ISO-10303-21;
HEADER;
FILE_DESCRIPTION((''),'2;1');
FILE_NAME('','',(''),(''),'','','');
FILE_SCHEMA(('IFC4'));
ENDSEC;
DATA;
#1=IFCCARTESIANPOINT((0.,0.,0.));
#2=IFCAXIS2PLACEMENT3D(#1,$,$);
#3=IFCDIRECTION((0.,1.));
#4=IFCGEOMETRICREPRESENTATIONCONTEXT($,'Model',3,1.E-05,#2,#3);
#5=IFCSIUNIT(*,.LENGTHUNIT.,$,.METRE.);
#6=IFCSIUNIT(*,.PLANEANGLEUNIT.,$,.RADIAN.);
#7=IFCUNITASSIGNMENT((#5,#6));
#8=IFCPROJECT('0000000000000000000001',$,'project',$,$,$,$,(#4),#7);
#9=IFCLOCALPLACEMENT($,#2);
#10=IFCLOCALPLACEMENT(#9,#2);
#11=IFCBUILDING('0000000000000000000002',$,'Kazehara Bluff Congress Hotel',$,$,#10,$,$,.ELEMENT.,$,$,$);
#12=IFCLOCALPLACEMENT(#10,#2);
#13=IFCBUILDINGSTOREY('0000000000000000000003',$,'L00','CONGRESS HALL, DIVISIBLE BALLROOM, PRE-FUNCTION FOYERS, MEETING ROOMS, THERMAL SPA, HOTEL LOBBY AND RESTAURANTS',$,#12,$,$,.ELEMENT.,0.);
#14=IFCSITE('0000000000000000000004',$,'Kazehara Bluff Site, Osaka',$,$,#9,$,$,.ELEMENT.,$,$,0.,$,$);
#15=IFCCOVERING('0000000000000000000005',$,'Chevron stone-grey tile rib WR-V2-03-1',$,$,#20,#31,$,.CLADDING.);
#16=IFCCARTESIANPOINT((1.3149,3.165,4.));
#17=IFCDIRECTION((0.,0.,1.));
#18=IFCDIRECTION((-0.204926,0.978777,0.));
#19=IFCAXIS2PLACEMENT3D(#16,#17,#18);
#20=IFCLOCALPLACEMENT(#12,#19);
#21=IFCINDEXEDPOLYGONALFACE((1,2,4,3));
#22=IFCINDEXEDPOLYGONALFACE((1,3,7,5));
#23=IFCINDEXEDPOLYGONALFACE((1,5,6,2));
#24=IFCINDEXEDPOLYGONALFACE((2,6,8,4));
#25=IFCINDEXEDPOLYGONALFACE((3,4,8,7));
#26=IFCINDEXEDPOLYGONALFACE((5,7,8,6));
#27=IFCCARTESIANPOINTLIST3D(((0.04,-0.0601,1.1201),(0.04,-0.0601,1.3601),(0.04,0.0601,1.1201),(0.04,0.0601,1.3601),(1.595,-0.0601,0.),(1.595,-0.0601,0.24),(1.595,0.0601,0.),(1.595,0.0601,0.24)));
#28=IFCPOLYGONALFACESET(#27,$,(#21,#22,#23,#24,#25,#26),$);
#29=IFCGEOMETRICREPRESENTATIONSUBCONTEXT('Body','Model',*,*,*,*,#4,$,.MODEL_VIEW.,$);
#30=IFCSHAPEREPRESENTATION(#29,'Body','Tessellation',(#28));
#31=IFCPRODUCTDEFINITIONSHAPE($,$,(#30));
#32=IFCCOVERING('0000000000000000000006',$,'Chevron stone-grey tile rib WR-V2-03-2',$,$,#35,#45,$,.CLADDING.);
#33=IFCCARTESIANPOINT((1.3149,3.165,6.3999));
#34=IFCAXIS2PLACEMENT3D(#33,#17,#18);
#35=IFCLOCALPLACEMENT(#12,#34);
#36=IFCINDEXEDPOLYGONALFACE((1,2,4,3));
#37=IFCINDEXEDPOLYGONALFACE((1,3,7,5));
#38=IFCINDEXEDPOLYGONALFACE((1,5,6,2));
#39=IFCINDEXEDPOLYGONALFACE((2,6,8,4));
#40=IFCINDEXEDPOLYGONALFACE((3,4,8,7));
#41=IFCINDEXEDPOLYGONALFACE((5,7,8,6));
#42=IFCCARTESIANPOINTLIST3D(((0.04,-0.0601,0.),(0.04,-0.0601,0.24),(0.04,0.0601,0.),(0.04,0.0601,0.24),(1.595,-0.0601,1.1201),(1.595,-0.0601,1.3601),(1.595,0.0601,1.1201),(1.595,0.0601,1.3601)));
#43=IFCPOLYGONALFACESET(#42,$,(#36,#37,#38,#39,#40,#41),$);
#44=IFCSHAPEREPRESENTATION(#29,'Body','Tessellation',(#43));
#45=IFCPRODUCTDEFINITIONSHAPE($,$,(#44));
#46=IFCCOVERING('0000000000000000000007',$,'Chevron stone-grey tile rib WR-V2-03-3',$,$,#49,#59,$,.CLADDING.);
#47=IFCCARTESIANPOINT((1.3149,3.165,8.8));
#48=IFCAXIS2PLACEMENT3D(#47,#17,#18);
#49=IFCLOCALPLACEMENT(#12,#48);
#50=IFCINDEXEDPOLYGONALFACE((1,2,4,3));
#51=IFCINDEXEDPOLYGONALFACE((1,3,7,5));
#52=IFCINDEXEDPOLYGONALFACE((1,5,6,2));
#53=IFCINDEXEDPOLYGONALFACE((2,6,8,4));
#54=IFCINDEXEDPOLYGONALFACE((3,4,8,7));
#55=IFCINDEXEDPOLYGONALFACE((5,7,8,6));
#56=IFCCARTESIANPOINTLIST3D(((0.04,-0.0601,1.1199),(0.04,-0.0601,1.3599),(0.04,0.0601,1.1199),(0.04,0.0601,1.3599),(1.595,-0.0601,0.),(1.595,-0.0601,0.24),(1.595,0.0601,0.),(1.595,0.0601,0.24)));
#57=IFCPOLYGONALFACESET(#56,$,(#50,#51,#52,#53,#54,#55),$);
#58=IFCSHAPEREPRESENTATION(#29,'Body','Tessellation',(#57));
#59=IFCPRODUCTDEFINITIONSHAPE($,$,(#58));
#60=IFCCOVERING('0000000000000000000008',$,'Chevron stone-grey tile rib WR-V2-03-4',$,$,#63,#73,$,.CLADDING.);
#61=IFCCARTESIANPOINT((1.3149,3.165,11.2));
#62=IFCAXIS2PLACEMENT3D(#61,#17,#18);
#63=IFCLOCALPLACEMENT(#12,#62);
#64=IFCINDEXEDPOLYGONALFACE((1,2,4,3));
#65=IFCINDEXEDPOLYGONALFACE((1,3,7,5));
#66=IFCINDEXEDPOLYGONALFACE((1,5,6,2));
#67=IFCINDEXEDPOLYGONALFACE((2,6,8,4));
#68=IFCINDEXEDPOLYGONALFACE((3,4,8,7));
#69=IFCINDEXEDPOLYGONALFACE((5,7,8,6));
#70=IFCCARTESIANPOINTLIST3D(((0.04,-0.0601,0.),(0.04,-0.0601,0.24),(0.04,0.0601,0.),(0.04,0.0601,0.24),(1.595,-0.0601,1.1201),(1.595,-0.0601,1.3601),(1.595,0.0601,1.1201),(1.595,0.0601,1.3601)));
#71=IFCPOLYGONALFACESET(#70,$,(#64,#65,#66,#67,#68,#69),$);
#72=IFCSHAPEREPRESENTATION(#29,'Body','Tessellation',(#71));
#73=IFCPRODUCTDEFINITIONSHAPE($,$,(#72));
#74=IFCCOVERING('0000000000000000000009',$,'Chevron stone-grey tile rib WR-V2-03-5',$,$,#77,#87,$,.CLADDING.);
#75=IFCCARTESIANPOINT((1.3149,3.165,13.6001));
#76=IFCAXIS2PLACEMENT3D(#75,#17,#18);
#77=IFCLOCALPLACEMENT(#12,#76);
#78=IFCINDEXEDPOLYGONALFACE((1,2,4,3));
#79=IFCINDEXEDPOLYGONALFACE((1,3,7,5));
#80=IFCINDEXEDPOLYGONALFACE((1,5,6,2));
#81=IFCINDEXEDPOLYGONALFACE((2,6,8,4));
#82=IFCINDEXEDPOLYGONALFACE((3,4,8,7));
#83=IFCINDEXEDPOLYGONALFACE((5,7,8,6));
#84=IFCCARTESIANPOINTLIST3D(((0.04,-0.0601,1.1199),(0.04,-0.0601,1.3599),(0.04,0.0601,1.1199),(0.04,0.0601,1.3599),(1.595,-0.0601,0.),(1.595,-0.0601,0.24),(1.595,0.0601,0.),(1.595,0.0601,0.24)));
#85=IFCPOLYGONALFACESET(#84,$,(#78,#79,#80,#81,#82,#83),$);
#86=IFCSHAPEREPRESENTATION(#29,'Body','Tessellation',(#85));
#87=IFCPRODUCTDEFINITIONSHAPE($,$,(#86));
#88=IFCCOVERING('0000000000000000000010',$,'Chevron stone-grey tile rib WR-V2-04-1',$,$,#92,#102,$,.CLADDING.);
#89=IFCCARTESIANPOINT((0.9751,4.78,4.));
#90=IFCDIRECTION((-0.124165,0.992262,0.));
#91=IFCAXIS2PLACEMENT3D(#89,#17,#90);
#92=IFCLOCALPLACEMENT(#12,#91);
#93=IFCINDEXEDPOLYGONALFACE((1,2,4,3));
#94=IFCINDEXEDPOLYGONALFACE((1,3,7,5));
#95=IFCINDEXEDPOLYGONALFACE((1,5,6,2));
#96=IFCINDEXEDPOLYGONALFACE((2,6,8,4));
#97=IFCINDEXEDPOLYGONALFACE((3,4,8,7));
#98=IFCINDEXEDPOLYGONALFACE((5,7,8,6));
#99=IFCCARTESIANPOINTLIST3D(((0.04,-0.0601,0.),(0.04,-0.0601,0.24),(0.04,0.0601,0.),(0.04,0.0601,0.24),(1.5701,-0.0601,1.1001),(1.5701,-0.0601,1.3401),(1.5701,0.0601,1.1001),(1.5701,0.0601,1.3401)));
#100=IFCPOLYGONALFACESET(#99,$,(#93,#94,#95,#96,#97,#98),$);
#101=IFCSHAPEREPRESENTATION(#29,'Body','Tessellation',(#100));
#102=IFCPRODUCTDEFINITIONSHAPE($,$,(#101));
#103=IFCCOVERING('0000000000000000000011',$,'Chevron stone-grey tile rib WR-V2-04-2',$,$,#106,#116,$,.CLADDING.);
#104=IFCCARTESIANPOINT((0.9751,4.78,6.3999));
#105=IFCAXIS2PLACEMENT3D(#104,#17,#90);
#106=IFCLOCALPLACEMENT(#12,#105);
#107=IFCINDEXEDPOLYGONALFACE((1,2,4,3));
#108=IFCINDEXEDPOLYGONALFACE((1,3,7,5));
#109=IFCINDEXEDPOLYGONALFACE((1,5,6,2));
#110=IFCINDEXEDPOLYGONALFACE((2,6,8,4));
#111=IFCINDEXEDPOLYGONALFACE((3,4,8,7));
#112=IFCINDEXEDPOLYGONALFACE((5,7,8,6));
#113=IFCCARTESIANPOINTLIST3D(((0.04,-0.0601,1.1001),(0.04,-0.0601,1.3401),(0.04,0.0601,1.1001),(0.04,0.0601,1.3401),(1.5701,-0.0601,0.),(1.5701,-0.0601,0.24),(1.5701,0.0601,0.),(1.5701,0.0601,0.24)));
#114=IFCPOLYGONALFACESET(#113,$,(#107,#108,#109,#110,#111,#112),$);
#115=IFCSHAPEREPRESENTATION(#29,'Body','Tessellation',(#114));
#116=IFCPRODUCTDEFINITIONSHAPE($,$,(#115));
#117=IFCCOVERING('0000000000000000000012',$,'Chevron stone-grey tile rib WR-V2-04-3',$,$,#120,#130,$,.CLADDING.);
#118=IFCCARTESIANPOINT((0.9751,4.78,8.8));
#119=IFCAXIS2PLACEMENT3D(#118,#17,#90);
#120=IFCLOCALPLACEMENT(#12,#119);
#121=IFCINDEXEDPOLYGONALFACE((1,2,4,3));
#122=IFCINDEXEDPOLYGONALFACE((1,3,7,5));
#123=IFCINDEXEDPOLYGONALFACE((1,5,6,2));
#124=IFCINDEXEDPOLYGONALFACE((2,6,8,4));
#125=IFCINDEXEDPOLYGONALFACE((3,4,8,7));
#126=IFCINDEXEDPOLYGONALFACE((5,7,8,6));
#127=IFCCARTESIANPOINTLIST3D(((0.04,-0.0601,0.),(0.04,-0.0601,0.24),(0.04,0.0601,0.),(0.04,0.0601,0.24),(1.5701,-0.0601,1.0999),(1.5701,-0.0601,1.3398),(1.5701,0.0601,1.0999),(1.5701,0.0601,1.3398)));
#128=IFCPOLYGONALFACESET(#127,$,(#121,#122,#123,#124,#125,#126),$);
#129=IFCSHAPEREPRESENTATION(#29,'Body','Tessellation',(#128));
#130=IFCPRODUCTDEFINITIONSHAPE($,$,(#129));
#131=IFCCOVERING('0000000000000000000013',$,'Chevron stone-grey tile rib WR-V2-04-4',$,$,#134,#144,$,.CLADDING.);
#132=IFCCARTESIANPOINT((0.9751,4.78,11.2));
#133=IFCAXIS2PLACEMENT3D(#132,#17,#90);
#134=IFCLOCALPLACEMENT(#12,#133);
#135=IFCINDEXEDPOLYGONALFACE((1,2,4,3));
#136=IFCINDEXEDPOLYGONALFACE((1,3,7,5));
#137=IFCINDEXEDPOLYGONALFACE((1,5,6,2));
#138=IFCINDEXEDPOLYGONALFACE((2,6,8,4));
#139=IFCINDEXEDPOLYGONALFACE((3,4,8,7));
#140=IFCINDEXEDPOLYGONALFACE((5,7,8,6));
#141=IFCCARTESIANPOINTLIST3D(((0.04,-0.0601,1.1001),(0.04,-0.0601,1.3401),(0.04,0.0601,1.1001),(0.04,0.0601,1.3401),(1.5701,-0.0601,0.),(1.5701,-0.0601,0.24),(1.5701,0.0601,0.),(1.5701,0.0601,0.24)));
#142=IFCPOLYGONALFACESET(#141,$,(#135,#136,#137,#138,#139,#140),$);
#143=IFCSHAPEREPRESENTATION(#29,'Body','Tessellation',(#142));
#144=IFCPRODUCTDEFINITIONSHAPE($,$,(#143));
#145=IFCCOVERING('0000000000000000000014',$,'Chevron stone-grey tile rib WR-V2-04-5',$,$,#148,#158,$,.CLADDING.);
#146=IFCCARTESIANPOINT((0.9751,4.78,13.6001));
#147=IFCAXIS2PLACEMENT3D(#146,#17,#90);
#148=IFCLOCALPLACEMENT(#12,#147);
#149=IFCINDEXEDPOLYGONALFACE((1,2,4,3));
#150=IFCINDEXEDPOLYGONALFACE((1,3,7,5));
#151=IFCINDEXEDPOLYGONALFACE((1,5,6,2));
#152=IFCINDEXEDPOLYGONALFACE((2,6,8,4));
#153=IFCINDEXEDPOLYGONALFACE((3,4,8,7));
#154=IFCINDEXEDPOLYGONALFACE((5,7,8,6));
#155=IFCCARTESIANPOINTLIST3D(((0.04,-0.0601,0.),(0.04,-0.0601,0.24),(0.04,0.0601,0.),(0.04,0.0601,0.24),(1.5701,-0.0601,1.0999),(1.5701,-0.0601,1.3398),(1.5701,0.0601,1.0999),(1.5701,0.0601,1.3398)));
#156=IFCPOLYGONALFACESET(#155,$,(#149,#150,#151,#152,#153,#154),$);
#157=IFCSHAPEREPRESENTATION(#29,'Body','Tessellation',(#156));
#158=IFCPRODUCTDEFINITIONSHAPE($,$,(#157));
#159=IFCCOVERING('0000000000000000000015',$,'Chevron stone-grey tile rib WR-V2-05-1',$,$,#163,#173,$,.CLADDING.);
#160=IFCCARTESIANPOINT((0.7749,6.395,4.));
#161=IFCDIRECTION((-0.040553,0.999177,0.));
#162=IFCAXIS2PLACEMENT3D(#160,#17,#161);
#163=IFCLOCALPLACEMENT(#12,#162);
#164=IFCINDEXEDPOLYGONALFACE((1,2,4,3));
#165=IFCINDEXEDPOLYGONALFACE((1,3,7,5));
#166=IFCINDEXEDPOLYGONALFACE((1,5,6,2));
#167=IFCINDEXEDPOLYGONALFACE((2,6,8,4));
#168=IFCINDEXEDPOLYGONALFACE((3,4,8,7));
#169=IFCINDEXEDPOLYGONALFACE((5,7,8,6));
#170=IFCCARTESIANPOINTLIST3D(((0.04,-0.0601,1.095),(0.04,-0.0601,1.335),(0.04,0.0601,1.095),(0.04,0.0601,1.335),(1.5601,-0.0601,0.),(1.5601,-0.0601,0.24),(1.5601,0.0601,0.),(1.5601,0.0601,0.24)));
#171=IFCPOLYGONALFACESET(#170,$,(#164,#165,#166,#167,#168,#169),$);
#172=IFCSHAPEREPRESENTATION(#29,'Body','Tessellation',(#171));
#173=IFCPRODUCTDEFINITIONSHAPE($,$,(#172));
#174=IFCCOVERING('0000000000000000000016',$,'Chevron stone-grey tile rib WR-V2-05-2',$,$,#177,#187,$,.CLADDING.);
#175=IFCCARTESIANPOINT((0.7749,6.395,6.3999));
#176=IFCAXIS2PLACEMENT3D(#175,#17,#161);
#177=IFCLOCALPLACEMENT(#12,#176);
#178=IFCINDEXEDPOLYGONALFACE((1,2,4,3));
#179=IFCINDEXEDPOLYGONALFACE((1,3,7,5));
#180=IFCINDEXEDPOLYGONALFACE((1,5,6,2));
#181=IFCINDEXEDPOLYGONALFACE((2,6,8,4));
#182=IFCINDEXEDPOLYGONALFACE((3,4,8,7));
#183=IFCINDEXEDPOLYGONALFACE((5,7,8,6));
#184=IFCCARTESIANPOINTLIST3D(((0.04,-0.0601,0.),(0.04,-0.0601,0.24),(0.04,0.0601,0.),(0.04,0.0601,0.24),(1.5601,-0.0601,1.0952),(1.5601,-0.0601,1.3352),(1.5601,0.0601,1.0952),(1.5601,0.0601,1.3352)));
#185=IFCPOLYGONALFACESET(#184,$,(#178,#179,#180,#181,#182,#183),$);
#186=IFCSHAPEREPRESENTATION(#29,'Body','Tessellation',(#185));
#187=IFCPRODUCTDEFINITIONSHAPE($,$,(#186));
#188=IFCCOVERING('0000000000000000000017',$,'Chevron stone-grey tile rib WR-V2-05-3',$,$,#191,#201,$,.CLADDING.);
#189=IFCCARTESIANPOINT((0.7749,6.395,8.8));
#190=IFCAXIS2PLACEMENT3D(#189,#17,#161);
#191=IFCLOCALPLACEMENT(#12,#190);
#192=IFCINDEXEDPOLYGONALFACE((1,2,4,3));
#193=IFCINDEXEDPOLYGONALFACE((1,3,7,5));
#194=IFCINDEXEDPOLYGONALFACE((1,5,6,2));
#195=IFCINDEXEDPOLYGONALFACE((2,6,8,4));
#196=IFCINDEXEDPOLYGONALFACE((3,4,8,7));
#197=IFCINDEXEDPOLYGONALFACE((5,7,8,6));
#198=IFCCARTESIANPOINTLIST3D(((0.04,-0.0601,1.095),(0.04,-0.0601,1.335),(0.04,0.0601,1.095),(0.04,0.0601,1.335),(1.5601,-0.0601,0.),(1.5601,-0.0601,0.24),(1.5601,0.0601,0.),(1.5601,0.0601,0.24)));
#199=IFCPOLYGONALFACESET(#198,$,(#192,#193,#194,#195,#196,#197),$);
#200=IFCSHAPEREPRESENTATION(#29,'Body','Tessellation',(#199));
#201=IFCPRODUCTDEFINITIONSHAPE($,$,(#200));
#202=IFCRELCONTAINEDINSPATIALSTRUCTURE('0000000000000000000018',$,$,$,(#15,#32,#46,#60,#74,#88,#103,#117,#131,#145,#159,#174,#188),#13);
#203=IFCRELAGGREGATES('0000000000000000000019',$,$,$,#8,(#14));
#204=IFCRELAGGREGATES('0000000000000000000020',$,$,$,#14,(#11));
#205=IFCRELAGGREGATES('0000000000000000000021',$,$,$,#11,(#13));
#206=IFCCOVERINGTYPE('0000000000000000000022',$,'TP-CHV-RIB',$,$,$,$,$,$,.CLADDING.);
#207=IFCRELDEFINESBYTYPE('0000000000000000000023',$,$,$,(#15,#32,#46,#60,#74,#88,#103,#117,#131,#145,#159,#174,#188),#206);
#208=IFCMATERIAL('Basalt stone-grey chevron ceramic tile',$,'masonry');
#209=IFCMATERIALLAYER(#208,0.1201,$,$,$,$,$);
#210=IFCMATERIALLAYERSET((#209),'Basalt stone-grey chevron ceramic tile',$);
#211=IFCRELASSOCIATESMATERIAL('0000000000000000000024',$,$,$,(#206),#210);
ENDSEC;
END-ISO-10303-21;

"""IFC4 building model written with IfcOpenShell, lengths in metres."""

from ifc_helpers import new_model, si_unit, direction, frame, origin, place, context, subcontext, project, spatial, polyline, outline, extrude, material, layer, layer_set, type_object, element, save


model = new_model("IFC4")

# Units and contexts
model_context = context("Model", 3, precision=1e-05, world=origin(), true_north=direction((0.0, 1.0)))
body_context = subcontext(model_context, "Body", "Model", "MODEL_VIEW")
ifc_project = project(units=[si_unit("LENGTHUNIT", "METRE"), si_unit("PLANEANGLEUNIT", "RADIAN")], contexts=[model_context])

# Site, building, storey
site_placement = place(None, origin())
site = spatial("IfcSite", under=ifc_project, at=site_placement, Name="Kazehara Bluff Site, Osaka", CompositionType="ELEMENT", RefElevation=0.0)
building_placement = place(site_placement, origin())
building = spatial("IfcBuilding", under=site, at=building_placement, Name="Kazehara Bluff Congress Hotel", CompositionType="ELEMENT")
storey_placement = place(building_placement, origin())
storey = spatial("IfcBuildingStorey", under=building, at=storey_placement, Name="L00", Description="CONGRESS HALL, DIVISIBLE BALLROOM, PRE-FUNCTION FOYERS, MEETING ROOMS, THERMAL SPA, HOTEL LOBBY AND RESTAURANTS", CompositionType="ELEMENT", Elevation=0.0)

# Coverings
ifc_material_1 = material(Name="Basalt stone-grey chevron ceramic tile", Category="masonry")
ifc_layer_1 = layer(ifc_material_1, 0.1201)
ifc_layer_set_1 = layer_set([ifc_layer_1], Name="Basalt stone-grey chevron ceramic tile")
covering_type_1 = type_object("IfcCoveringType", Name="TP-CHV-RIB", PredefinedType="CLADDING", material=ifc_layer_set_1)
covering_1_placement = place(storey_placement, frame((1.3149, 3.165, 4.0), z_axis=(0.0, 0.0, 1.0), x_axis=(-0.204926, 0.978777, 0.0)))
element("IfcCovering", 1, at=covering_1_placement, inside=storey, type_object=covering_type_1, Name="Chevron stone-grey tile rib WR-V2-03-1", PredefinedType="CLADDING", context=body_context, shape_type="SweptSolid", body=[
    extrude(outline(polyline([(0.04, 1.1201), (1.595, 0.0), (1.595, 0.24), (0.04, 1.3601), (0.04, 1.1201)])), frame((0.0, 0.0601, 0.0), z_axis=(0.0, -1.0, 0.0), x_axis=(1.0, 0.0, 0.0)), (0.0, 0.0, 1.0), 0.1201),
])
covering_2_placement = place(storey_placement, frame((1.3149, 3.165, 6.3999), z_axis=(0.0, 0.0, 1.0), x_axis=(-0.204926, 0.978777, 0.0)))
element("IfcCovering", 2, at=covering_2_placement, inside=storey, type_object=covering_type_1, Name="Chevron stone-grey tile rib WR-V2-03-2", PredefinedType="CLADDING", context=body_context, shape_type="SweptSolid", body=[
    extrude(outline(polyline([(0.04, 0.0), (1.595, 1.1201), (1.595, 1.3601), (0.04, 0.24), (0.04, 0.0)])), frame((0.0, 0.0601, 0.0), z_axis=(0.0, -1.0, 0.0), x_axis=(1.0, 0.0, 0.0)), (0.0, 0.0, 1.0), 0.1201),
])
covering_3_placement = place(storey_placement, frame((1.3149, 3.165, 8.8), z_axis=(0.0, 0.0, 1.0), x_axis=(-0.204926, 0.978777, 0.0)))
element("IfcCovering", 3, at=covering_3_placement, inside=storey, type_object=covering_type_1, Name="Chevron stone-grey tile rib WR-V2-03-3", PredefinedType="CLADDING", context=body_context, shape_type="SweptSolid", body=[
    extrude(outline(polyline([(0.04, 1.1199), (1.595, 0.0), (1.595, 0.24), (0.04, 1.3599), (0.04, 1.1199)])), frame((0.0, 0.0601, 0.0), z_axis=(0.0, -1.0, 0.0), x_axis=(1.0, 0.0, 0.0)), (0.0, 0.0, 1.0), 0.1201),
])
covering_4_placement = place(storey_placement, frame((1.3149, 3.165, 11.2), z_axis=(0.0, 0.0, 1.0), x_axis=(-0.204926, 0.978777, 0.0)))
element("IfcCovering", 4, at=covering_4_placement, inside=storey, type_object=covering_type_1, Name="Chevron stone-grey tile rib WR-V2-03-4", PredefinedType="CLADDING", context=body_context, shape_type="SweptSolid", body=[
    extrude(outline(polyline([(0.04, 0.0), (1.595, 1.1201), (1.595, 1.3601), (0.04, 0.24), (0.04, 0.0)])), frame((0.0, 0.0601, 0.0), z_axis=(0.0, -1.0, 0.0), x_axis=(1.0, 0.0, 0.0)), (0.0, 0.0, 1.0), 0.1201),
])
covering_5_placement = place(storey_placement, frame((1.3149, 3.165, 13.6001), z_axis=(0.0, 0.0, 1.0), x_axis=(-0.204926, 0.978777, 0.0)))
element("IfcCovering", 5, at=covering_5_placement, inside=storey, type_object=covering_type_1, Name="Chevron stone-grey tile rib WR-V2-03-5", PredefinedType="CLADDING", context=body_context, shape_type="SweptSolid", body=[
    extrude(outline(polyline([(0.04, 1.1199), (1.595, 0.0), (1.595, 0.24), (0.04, 1.3599), (0.04, 1.1199)])), frame((0.0, 0.0601, 0.0), z_axis=(0.0, -1.0, 0.0), x_axis=(1.0, 0.0, 0.0)), (0.0, 0.0, 1.0), 0.1201),
])
covering_6_placement = place(storey_placement, frame((0.9751, 4.78, 4.0), z_axis=(0.0, 0.0, 1.0), x_axis=(-0.124165, 0.992262, 0.0)))
element("IfcCovering", 6, at=covering_6_placement, inside=storey, type_object=covering_type_1, Name="Chevron stone-grey tile rib WR-V2-04-1", PredefinedType="CLADDING", context=body_context, shape_type="SweptSolid", body=[
    extrude(outline(polyline([(0.04, 0.0), (1.5701, 1.1001), (1.5701, 1.3401), (0.04, 0.24), (0.04, 0.0)])), frame((0.0, 0.0601, 0.0), z_axis=(0.0, -1.0, 0.0), x_axis=(1.0, 0.0, 0.0)), (0.0, 0.0, 1.0), 0.1201),
])
covering_7_placement = place(storey_placement, frame((0.9751, 4.78, 6.3999), z_axis=(0.0, 0.0, 1.0), x_axis=(-0.124165, 0.992262, 0.0)))
element("IfcCovering", 7, at=covering_7_placement, inside=storey, type_object=covering_type_1, Name="Chevron stone-grey tile rib WR-V2-04-2", PredefinedType="CLADDING", context=body_context, shape_type="SweptSolid", body=[
    extrude(outline(polyline([(0.04, 1.1001), (1.5701, 0.0), (1.5701, 0.24), (0.04, 1.3401), (0.04, 1.1001)])), frame((0.0, 0.0601, 0.0), z_axis=(0.0, -1.0, 0.0), x_axis=(1.0, 0.0, 0.0)), (0.0, 0.0, 1.0), 0.1201),
])
covering_8_placement = place(storey_placement, frame((0.9751, 4.78, 8.8), z_axis=(0.0, 0.0, 1.0), x_axis=(-0.124165, 0.992262, 0.0)))
element("IfcCovering", 8, at=covering_8_placement, inside=storey, type_object=covering_type_1, Name="Chevron stone-grey tile rib WR-V2-04-3", PredefinedType="CLADDING", context=body_context, shape_type="SweptSolid", body=[
    extrude(outline(polyline([(0.04, 0.0), (1.5701, 1.0999), (1.5701, 1.3398), (0.04, 0.24), (0.04, 0.0)])), frame((0.0, 0.0601, 0.0), z_axis=(0.0, -1.0, 0.0), x_axis=(1.0, 0.0, 0.0)), (0.0, 0.0, 1.0), 0.1201),
])
covering_9_placement = place(storey_placement, frame((0.9751, 4.78, 11.2), z_axis=(0.0, 0.0, 1.0), x_axis=(-0.124165, 0.992262, 0.0)))
element("IfcCovering", 9, at=covering_9_placement, inside=storey, type_object=covering_type_1, Name="Chevron stone-grey tile rib WR-V2-04-4", PredefinedType="CLADDING", context=body_context, shape_type="SweptSolid", body=[
    extrude(outline(polyline([(0.04, 1.1001), (1.5701, 0.0), (1.5701, 0.24), (0.04, 1.3401), (0.04, 1.1001)])), frame((0.0, 0.0601, 0.0), z_axis=(0.0, -1.0, 0.0), x_axis=(1.0, 0.0, 0.0)), (0.0, 0.0, 1.0), 0.1201),
])
covering_10_placement = place(storey_placement, frame((0.9751, 4.78, 13.6001), z_axis=(0.0, 0.0, 1.0), x_axis=(-0.124165, 0.992262, 0.0)))
element("IfcCovering", 10, at=covering_10_placement, inside=storey, type_object=covering_type_1, Name="Chevron stone-grey tile rib WR-V2-04-5", PredefinedType="CLADDING", context=body_context, shape_type="SweptSolid", body=[
    extrude(outline(polyline([(0.04, 0.0), (1.5701, 1.0999), (1.5701, 1.3398), (0.04, 0.24), (0.04, 0.0)])), frame((0.0, 0.0601, 0.0), z_axis=(0.0, -1.0, 0.0), x_axis=(1.0, 0.0, 0.0)), (0.0, 0.0, 1.0), 0.1201),
])
covering_11_placement = place(storey_placement, frame((0.7749, 6.395, 4.0), z_axis=(0.0, 0.0, 1.0), x_axis=(-0.040553, 0.999177, 0.0)))
element("IfcCovering", 11, at=covering_11_placement, inside=storey, type_object=covering_type_1, Name="Chevron stone-grey tile rib WR-V2-05-1", PredefinedType="CLADDING", context=body_context, shape_type="SweptSolid", body=[
    extrude(outline(polyline([(0.04, 1.095), (1.5601, 0.0), (1.5601, 0.24), (0.04, 1.335), (0.04, 1.095)])), frame((0.0, 0.0601, 0.0), z_axis=(0.0, -1.0, 0.0), x_axis=(1.0, 0.0, 0.0)), (0.0, 0.0, 1.0), 0.1201),
])
covering_12_placement = place(storey_placement, frame((0.7749, 6.395, 6.3999), z_axis=(0.0, 0.0, 1.0), x_axis=(-0.040553, 0.999177, 0.0)))
element("IfcCovering", 12, at=covering_12_placement, inside=storey, type_object=covering_type_1, Name="Chevron stone-grey tile rib WR-V2-05-2", PredefinedType="CLADDING", context=body_context, shape_type="SweptSolid", body=[
    extrude(outline(polyline([(0.04, 0.0), (1.5601, 1.0952), (1.5601, 1.3352), (0.04, 0.24), (0.04, 0.0)])), frame((0.0, 0.0601, 0.0), z_axis=(0.0, -1.0, 0.0), x_axis=(1.0, 0.0, 0.0)), (0.0, 0.0, 1.0), 0.1201),
])
covering_13_placement = place(storey_placement, frame((0.7749, 6.395, 8.8), z_axis=(0.0, 0.0, 1.0), x_axis=(-0.040553, 0.999177, 0.0)))
element("IfcCovering", 13, at=covering_13_placement, inside=storey, type_object=covering_type_1, Name="Chevron stone-grey tile rib WR-V2-05-3", PredefinedType="CLADDING", context=body_context, shape_type="SweptSolid", body=[
    extrude(outline(polyline([(0.04, 1.095), (1.5601, 0.0), (1.5601, 0.24), (0.04, 1.335), (0.04, 1.095)])), frame((0.0, 0.0601, 0.0), z_axis=(0.0, -1.0, 0.0), x_axis=(1.0, 0.0, 0.0)), (0.0, 0.0, 1.0), 0.1201),
])

save(model, "model.ifc")
